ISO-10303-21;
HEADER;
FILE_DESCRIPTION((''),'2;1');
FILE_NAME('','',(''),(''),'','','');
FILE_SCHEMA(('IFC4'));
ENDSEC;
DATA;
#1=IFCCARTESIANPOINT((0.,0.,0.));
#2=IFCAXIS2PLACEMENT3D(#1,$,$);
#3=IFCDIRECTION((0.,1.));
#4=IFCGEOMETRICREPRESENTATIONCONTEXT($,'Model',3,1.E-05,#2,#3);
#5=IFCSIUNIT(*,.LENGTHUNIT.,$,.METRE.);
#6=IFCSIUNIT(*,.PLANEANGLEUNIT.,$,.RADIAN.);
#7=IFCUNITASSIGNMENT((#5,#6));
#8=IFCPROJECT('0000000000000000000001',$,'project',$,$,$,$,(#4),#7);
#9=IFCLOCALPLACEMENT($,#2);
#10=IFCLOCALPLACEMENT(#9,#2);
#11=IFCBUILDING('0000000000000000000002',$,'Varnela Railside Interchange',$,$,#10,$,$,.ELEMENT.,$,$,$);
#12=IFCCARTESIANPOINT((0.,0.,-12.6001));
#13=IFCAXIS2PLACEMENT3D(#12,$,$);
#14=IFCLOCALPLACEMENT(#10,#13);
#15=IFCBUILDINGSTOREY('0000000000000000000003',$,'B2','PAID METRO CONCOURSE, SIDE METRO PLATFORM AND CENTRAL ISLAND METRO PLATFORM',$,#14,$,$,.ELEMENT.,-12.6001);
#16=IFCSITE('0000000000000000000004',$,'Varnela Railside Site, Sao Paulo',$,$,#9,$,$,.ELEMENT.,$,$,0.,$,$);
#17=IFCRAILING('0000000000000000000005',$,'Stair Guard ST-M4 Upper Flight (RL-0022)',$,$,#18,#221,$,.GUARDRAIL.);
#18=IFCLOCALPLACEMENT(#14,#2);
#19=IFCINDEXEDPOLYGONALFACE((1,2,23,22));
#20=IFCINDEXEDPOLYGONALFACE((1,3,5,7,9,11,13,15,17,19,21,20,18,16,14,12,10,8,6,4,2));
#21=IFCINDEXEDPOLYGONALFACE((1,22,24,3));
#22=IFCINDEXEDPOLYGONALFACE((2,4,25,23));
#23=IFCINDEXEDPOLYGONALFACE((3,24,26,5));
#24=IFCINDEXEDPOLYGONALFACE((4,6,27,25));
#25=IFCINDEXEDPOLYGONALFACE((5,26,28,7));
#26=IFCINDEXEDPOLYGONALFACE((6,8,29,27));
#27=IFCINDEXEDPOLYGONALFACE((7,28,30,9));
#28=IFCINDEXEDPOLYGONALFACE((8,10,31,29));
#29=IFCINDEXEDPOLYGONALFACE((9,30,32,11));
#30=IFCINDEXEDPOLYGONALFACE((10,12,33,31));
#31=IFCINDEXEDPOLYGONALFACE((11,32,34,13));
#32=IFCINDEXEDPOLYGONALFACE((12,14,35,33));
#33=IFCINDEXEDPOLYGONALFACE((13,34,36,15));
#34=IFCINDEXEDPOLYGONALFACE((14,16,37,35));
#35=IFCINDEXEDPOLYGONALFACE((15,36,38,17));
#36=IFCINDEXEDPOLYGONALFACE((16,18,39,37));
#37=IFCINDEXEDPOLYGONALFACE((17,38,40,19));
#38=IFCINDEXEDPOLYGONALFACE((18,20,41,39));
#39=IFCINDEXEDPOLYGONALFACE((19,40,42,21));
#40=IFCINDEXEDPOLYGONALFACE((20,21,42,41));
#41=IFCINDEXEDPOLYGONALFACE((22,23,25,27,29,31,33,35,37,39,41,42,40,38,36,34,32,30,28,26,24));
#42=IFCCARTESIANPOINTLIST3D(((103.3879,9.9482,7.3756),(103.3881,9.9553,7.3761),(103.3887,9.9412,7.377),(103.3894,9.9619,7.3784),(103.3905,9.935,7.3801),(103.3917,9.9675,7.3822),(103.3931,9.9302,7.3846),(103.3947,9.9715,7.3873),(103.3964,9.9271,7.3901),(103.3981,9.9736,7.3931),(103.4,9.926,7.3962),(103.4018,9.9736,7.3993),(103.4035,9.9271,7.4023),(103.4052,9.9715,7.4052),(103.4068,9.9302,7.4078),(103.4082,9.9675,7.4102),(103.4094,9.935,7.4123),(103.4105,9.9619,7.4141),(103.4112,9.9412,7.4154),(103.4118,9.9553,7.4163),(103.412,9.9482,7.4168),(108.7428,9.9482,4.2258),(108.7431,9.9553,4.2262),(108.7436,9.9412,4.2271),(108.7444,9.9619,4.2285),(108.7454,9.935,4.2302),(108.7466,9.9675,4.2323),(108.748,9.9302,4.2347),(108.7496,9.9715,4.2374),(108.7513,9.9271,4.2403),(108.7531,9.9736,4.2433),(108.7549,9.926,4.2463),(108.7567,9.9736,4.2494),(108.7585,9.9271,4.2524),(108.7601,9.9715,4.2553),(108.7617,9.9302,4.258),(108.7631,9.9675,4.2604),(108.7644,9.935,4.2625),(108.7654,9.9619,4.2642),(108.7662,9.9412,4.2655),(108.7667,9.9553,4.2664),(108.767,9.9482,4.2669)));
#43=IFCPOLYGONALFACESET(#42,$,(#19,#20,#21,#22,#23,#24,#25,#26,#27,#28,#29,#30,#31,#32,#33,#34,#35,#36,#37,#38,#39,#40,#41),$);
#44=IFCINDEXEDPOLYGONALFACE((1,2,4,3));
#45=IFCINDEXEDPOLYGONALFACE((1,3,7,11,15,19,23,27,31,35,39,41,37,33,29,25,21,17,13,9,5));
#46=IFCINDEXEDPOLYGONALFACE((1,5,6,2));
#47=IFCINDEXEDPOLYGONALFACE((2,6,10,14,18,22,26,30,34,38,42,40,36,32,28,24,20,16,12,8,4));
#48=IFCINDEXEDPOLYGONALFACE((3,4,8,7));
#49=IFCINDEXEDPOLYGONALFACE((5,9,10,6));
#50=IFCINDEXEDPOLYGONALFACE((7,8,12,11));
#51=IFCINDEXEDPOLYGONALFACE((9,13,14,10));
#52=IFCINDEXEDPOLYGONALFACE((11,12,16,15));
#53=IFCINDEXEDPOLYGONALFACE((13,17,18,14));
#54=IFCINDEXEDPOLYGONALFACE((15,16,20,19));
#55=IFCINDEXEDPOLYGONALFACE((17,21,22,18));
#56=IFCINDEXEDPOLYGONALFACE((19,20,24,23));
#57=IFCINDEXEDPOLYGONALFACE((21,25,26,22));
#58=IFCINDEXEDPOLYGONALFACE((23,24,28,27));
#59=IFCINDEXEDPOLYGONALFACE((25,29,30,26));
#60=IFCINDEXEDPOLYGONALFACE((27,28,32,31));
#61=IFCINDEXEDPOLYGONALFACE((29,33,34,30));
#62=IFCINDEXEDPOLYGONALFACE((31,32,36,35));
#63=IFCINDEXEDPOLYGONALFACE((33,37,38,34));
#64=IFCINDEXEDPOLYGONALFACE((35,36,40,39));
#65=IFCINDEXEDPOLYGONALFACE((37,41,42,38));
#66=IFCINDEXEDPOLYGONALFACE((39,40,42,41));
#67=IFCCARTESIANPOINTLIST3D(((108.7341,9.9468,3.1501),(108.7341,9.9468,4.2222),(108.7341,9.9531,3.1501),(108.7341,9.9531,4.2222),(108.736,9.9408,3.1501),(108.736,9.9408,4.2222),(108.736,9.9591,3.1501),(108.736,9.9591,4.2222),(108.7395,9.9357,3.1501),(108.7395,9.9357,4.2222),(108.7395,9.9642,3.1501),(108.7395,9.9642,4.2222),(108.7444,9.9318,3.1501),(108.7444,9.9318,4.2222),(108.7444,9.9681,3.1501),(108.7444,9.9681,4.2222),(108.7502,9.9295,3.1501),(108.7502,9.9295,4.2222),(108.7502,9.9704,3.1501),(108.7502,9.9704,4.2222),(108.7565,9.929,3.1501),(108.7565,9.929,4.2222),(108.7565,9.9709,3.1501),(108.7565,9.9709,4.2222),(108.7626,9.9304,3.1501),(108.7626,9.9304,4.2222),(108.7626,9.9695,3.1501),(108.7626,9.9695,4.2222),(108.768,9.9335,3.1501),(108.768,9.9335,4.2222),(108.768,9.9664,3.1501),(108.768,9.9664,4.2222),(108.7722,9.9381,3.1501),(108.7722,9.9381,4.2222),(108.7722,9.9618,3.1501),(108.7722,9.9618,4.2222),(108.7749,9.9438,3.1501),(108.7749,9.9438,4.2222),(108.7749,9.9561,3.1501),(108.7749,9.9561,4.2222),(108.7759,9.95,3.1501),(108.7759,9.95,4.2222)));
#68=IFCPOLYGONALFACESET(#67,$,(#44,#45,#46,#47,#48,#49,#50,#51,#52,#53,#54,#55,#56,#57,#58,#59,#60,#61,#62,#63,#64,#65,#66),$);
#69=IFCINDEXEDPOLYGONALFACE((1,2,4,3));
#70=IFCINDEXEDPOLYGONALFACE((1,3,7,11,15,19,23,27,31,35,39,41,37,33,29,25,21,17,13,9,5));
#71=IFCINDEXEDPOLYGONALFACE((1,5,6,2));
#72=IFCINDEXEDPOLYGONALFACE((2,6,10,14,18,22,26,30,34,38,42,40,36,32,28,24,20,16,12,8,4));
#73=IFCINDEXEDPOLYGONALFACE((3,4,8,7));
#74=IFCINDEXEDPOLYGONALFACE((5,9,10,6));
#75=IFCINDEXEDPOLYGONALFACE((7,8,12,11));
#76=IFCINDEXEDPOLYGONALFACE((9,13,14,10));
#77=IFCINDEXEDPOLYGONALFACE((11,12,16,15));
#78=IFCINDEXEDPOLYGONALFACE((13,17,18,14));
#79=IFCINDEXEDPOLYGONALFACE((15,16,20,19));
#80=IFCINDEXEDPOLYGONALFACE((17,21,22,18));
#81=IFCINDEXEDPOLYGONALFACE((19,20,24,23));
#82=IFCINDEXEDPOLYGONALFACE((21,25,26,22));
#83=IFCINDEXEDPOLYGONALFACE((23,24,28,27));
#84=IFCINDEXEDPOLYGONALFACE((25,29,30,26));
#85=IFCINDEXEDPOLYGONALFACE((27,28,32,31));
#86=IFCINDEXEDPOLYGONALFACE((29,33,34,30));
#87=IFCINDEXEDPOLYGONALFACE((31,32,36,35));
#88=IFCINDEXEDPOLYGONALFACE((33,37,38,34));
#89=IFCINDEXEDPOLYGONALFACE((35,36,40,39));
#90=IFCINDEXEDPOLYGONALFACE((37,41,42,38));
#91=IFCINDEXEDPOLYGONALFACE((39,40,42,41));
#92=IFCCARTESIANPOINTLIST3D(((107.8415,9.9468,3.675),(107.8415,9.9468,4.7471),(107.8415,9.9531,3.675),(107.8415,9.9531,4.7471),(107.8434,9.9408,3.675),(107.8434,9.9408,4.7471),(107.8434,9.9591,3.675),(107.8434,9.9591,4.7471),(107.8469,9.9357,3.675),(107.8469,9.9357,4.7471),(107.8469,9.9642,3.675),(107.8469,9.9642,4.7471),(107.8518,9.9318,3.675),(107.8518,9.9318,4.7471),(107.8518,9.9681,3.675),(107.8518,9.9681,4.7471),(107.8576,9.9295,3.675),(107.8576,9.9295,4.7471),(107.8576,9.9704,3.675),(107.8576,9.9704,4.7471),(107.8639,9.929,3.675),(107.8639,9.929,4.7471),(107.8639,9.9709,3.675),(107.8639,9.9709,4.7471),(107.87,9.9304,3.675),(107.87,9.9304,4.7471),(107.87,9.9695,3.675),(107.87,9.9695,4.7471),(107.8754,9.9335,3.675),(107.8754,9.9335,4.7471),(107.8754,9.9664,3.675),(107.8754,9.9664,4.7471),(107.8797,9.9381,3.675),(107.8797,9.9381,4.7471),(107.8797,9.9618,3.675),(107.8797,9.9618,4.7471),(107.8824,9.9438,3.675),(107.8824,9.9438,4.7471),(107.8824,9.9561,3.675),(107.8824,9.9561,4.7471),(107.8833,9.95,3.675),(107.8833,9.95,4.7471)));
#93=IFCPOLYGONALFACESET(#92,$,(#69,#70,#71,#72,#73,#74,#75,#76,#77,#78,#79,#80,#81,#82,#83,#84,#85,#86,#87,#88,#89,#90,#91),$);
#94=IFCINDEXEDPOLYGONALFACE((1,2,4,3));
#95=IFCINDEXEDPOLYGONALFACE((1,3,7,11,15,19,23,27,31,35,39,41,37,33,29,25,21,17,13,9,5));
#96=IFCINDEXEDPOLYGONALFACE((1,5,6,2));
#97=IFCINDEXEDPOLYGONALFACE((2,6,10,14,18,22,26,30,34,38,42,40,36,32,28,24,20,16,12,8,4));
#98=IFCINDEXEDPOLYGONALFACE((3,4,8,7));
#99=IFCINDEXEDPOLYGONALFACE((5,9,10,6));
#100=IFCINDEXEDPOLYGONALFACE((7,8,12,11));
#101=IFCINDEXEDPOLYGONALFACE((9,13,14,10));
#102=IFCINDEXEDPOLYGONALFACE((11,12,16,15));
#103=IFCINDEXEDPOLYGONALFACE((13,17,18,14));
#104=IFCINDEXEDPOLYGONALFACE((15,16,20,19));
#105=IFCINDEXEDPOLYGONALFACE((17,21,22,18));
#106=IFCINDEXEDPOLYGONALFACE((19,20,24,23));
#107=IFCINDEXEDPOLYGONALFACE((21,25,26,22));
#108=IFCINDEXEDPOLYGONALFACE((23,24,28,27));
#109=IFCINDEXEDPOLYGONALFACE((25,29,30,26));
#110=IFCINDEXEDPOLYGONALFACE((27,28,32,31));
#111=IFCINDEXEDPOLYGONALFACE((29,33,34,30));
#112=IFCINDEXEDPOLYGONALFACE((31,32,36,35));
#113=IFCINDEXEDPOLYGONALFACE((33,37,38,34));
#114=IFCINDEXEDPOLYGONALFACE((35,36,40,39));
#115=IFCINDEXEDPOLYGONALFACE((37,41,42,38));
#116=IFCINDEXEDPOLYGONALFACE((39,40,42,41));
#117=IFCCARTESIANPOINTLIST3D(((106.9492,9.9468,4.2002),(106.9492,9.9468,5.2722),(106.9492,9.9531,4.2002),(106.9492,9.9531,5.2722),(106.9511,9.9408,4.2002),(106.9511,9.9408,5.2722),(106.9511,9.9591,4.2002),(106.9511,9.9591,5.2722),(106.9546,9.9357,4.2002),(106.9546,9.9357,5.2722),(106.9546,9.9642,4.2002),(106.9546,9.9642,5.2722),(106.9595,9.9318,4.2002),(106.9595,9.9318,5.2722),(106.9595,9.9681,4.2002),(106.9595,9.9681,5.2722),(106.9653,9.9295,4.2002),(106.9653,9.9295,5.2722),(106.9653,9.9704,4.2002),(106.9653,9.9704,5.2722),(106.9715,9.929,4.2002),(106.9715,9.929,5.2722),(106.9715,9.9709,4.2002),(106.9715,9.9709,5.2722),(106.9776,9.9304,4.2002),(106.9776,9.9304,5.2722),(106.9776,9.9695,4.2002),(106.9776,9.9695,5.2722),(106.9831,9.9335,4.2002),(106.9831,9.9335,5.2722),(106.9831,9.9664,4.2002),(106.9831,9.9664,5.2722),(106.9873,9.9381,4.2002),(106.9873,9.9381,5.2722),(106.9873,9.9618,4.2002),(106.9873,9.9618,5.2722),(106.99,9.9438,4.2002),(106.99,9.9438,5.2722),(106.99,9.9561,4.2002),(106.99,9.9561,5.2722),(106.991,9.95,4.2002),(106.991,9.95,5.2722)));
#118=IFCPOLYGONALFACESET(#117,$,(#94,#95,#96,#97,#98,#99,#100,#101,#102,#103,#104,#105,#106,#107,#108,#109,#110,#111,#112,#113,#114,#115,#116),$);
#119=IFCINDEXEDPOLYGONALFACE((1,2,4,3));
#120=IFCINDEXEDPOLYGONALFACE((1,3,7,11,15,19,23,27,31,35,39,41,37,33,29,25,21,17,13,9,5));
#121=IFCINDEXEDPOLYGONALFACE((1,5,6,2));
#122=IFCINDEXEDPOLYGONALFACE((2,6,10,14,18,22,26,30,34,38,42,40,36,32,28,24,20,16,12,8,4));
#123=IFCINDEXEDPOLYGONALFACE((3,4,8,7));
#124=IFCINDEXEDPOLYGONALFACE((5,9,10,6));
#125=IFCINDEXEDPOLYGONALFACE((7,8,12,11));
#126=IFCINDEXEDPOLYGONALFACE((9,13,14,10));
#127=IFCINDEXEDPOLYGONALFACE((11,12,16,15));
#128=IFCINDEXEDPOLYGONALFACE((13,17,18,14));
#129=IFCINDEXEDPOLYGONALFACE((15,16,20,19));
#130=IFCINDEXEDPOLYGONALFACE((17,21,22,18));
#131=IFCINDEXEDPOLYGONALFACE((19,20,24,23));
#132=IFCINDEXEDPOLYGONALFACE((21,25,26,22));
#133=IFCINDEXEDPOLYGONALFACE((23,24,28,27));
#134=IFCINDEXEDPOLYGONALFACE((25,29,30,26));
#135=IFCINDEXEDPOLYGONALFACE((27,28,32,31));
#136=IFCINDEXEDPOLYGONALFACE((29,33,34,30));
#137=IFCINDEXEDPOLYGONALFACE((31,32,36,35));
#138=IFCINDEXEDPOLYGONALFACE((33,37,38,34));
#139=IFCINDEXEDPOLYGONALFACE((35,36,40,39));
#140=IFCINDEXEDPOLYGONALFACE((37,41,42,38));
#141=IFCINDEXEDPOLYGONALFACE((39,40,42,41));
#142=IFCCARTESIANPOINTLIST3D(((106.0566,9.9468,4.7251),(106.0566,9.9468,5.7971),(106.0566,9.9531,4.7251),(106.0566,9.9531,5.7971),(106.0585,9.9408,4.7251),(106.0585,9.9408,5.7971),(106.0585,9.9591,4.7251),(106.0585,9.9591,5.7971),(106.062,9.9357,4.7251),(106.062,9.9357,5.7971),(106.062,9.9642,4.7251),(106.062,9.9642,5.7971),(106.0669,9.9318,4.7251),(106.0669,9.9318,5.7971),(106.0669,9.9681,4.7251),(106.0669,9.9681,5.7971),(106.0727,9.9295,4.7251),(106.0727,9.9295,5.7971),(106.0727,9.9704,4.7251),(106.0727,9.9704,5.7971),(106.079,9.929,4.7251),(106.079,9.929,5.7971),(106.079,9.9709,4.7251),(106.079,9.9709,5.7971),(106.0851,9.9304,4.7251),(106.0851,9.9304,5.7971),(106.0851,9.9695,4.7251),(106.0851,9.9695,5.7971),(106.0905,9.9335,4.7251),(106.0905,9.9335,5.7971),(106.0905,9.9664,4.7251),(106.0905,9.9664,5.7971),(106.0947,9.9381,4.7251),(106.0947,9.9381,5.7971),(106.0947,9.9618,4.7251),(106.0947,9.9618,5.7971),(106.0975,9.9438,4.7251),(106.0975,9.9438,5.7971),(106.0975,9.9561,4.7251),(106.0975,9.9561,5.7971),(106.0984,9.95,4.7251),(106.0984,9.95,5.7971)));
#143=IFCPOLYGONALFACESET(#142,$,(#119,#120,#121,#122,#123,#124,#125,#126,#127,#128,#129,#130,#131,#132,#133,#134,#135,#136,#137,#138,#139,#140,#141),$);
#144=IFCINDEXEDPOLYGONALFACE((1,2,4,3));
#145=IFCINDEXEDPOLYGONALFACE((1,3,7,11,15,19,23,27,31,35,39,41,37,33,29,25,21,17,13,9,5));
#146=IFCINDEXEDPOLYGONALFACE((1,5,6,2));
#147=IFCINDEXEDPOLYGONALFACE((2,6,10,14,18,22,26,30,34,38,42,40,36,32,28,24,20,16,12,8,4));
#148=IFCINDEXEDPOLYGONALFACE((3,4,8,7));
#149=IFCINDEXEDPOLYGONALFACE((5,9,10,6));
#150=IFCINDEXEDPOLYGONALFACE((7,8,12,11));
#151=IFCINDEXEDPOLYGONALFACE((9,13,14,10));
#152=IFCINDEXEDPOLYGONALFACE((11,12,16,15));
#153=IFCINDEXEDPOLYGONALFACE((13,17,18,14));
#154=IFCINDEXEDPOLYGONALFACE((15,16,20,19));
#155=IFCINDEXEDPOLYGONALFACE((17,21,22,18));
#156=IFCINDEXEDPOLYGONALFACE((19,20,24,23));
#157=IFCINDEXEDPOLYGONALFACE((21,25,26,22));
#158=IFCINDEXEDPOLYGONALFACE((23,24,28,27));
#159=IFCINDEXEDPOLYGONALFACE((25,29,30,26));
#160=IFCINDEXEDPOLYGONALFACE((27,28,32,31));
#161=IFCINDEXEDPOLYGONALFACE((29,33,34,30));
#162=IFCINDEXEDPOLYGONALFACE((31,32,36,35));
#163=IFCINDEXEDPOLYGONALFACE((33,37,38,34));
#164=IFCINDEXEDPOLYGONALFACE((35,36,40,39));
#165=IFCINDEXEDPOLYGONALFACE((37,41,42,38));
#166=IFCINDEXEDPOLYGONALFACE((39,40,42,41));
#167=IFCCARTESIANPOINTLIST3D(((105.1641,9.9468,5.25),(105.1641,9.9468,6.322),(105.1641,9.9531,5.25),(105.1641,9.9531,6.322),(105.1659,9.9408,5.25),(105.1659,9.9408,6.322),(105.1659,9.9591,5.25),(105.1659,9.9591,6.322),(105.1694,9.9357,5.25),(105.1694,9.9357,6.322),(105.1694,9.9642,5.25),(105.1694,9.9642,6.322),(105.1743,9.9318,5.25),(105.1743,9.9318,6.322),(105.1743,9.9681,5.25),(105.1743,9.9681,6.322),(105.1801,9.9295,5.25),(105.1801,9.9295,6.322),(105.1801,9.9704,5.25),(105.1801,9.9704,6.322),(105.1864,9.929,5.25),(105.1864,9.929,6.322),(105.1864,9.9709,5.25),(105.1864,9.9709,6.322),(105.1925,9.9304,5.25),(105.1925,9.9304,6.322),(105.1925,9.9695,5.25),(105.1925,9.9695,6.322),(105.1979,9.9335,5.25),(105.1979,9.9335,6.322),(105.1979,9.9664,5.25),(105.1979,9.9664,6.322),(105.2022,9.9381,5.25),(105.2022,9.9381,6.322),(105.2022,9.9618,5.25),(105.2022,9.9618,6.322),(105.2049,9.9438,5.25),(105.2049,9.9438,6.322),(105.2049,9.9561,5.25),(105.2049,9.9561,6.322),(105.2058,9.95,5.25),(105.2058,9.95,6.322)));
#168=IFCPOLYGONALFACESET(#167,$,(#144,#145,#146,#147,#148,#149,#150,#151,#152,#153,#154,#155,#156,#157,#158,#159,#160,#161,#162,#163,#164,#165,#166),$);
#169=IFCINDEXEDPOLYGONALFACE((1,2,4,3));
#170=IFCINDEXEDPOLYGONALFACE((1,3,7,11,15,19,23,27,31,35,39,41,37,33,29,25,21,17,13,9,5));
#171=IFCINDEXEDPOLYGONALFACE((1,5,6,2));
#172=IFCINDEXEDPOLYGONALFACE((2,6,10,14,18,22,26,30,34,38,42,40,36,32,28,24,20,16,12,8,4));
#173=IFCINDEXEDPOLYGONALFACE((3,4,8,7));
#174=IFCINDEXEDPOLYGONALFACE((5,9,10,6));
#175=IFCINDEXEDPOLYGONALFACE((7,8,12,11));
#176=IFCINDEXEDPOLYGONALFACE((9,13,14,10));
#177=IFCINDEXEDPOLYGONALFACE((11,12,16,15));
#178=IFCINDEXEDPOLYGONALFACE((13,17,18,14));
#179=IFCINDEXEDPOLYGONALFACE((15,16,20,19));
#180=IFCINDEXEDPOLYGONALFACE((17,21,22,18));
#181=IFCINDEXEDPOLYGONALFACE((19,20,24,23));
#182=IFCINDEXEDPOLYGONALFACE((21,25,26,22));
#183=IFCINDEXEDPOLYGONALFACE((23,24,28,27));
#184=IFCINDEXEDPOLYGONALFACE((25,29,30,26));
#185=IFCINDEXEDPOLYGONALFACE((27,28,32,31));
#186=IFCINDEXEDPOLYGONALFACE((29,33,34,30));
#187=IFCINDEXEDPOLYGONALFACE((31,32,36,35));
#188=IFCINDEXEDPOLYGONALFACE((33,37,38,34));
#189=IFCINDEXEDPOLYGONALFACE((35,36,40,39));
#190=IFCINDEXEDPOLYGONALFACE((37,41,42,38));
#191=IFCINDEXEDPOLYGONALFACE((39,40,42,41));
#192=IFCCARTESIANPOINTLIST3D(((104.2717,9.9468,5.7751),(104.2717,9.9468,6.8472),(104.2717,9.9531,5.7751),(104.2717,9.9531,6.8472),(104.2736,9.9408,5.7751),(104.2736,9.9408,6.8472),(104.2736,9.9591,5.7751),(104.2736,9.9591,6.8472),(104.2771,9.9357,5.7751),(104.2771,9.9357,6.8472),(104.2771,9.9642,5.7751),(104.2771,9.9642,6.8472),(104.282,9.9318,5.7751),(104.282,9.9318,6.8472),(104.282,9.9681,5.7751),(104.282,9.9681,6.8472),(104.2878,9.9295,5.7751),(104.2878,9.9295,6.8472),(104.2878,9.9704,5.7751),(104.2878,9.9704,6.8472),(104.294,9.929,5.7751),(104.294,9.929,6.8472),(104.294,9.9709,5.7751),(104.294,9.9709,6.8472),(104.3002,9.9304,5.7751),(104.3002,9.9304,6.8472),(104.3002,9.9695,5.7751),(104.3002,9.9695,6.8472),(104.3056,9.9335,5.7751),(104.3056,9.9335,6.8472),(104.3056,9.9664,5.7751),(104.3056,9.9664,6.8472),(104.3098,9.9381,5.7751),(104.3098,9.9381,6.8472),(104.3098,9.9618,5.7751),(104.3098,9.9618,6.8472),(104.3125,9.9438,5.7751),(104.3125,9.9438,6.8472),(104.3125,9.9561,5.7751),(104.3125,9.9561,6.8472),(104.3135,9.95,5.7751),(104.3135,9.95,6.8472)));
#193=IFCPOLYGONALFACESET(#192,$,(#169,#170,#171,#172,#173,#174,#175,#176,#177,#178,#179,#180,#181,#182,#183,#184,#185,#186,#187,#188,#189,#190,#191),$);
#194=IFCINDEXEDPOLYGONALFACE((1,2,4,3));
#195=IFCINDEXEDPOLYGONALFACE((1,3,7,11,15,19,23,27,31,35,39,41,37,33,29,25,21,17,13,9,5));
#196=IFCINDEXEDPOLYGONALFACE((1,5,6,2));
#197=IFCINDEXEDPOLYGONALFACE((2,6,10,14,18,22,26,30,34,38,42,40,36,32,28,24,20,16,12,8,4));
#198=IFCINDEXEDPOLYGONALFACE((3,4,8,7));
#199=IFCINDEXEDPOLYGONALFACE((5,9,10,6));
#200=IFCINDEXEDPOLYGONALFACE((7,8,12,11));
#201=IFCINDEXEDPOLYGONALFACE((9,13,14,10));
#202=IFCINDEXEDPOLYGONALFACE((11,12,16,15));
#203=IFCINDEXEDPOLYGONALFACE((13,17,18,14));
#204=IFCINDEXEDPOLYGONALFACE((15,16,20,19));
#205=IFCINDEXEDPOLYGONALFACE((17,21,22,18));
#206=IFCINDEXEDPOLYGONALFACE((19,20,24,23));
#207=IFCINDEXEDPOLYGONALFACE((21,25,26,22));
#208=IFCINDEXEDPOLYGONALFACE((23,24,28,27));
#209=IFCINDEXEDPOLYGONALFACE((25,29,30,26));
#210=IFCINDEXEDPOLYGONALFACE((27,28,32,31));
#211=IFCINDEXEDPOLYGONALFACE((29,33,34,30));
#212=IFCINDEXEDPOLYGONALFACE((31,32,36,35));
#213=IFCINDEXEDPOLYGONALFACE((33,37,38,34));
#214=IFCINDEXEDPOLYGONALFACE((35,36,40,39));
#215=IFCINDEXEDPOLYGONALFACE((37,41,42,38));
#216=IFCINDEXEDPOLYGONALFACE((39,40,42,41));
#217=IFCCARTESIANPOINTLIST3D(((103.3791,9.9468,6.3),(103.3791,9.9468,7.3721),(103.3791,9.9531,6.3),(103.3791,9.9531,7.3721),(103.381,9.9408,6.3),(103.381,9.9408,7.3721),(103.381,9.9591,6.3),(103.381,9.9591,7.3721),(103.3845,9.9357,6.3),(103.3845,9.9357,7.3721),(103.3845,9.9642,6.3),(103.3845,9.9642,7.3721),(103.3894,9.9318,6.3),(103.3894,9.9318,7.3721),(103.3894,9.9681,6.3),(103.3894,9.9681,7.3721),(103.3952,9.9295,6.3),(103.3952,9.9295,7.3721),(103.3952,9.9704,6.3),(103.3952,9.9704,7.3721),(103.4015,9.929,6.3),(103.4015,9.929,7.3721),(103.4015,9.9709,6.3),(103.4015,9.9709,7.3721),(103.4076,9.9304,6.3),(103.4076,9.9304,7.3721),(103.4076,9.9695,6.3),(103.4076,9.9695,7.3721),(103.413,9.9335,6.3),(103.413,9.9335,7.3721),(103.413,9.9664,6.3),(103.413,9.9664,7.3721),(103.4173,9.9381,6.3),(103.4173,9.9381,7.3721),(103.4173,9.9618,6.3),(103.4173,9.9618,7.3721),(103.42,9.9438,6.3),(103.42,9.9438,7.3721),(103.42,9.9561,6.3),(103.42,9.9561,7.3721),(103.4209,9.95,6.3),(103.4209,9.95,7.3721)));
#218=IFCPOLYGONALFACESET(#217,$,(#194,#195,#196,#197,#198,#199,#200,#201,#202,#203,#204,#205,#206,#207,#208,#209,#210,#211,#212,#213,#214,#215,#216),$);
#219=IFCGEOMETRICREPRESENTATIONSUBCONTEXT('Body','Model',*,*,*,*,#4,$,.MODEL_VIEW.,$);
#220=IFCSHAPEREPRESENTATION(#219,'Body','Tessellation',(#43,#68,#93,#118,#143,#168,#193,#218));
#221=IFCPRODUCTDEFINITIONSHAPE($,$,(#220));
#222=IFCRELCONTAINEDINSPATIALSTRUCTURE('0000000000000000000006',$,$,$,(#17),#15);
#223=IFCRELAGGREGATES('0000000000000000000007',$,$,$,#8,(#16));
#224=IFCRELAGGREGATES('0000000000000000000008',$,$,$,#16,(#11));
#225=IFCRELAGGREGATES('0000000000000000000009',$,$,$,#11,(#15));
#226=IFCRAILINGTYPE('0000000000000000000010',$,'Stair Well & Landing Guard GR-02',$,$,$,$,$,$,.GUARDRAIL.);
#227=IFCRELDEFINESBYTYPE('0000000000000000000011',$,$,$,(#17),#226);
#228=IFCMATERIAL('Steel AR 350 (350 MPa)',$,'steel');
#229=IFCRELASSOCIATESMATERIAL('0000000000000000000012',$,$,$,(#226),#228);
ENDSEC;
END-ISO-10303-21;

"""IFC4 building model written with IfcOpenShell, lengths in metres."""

from ifc_helpers import new_model, si_unit, direction, frame, origin, origin_2d, place, context, subcontext, project, spatial, circle, extrude, material, type_object, element, save


model = new_model("IFC4")

# Units and contexts
model_context = context("Model", 3, precision=1e-05, world=origin(), true_north=direction((0.0, 1.0)))
body_context = subcontext(model_context, "Body", "Model", "MODEL_VIEW")
ifc_project = project(units=[si_unit("LENGTHUNIT", "METRE"), si_unit("PLANEANGLEUNIT", "RADIAN")], contexts=[model_context])

# Site, building, storey
site_placement = place(None, origin())
site = spatial("IfcSite", under=ifc_project, at=site_placement, Name="Varnela Railside Site, Sao Paulo", CompositionType="ELEMENT", RefElevation=0.0)
building_placement = place(site_placement, origin())
building = spatial("IfcBuilding", under=site, at=building_placement, Name="Varnela Railside Interchange", CompositionType="ELEMENT")
storey_placement = place(building_placement, frame((0.0, 0.0, -12.6001)))
storey = spatial("IfcBuildingStorey", under=building, at=storey_placement, Name="B2", Description="PAID METRO CONCOURSE, SIDE METRO PLATFORM AND CENTRAL ISLAND METRO PLATFORM", CompositionType="ELEMENT", Elevation=-12.6001)

# Railing
ifc_material_1 = material(Name="Steel AR 350 (350 MPa)", Category="steel")
railing_type_1 = type_object("IfcRailingType", Name="Stair Well & Landing Guard GR-02", PredefinedType="GUARDRAIL", material=ifc_material_1)
railing_1_placement = place(storey_placement, frame((108.7549, 9.95, 3.1501)))
element("IfcRailing", 1, at=railing_1_placement, inside=storey, type_object=railing_type_1, Name="Stair Guard ST-M4 Upper Flight (RL-0022)", PredefinedType="GUARDRAIL", context=body_context, shape_type="SweptSolid", body=[
    extrude(circle(Radius=0.0239, at=origin_2d()), frame((0.0, 0.0, 1.0962), z_axis=(-0.86194, 0.0, 0.50701), x_axis=(0.0, -1.0, 0.0)), (0.0, 0.0, 1.0), 6.2126),
    extrude(circle(Radius=0.021, at=origin_2d()), origin(), (0.0, 0.0, 1.0), 1.072),
    extrude(circle(Radius=0.021, at=origin_2d()), frame((-0.8926, 0.0, 0.5249)), (0.0, 0.0, 1.0), 1.072),
    extrude(circle(Radius=0.021, at=origin_2d()), frame((-1.7849, 0.0, 1.05)), (0.0, 0.0, 1.0), 1.072),
    extrude(circle(Radius=0.021, at=origin_2d()), frame((-2.6775, 0.0, 1.575)), (0.0, 0.0, 1.0), 1.072),
    extrude(circle(Radius=0.021, at=origin_2d()), frame((-3.5701, 0.0, 2.0999)), (0.0, 0.0, 1.0), 1.072),
    extrude(circle(Radius=0.021, at=origin_2d()), frame((-4.4624, 0.0, 2.625)), (0.0, 0.0, 1.0), 1.072),
    extrude(circle(Radius=0.021, at=origin_2d()), frame((-5.355, 0.0, 3.1499)), (0.0, 0.0, 1.0), 1.072),
])

save(model, "model.ifc")
